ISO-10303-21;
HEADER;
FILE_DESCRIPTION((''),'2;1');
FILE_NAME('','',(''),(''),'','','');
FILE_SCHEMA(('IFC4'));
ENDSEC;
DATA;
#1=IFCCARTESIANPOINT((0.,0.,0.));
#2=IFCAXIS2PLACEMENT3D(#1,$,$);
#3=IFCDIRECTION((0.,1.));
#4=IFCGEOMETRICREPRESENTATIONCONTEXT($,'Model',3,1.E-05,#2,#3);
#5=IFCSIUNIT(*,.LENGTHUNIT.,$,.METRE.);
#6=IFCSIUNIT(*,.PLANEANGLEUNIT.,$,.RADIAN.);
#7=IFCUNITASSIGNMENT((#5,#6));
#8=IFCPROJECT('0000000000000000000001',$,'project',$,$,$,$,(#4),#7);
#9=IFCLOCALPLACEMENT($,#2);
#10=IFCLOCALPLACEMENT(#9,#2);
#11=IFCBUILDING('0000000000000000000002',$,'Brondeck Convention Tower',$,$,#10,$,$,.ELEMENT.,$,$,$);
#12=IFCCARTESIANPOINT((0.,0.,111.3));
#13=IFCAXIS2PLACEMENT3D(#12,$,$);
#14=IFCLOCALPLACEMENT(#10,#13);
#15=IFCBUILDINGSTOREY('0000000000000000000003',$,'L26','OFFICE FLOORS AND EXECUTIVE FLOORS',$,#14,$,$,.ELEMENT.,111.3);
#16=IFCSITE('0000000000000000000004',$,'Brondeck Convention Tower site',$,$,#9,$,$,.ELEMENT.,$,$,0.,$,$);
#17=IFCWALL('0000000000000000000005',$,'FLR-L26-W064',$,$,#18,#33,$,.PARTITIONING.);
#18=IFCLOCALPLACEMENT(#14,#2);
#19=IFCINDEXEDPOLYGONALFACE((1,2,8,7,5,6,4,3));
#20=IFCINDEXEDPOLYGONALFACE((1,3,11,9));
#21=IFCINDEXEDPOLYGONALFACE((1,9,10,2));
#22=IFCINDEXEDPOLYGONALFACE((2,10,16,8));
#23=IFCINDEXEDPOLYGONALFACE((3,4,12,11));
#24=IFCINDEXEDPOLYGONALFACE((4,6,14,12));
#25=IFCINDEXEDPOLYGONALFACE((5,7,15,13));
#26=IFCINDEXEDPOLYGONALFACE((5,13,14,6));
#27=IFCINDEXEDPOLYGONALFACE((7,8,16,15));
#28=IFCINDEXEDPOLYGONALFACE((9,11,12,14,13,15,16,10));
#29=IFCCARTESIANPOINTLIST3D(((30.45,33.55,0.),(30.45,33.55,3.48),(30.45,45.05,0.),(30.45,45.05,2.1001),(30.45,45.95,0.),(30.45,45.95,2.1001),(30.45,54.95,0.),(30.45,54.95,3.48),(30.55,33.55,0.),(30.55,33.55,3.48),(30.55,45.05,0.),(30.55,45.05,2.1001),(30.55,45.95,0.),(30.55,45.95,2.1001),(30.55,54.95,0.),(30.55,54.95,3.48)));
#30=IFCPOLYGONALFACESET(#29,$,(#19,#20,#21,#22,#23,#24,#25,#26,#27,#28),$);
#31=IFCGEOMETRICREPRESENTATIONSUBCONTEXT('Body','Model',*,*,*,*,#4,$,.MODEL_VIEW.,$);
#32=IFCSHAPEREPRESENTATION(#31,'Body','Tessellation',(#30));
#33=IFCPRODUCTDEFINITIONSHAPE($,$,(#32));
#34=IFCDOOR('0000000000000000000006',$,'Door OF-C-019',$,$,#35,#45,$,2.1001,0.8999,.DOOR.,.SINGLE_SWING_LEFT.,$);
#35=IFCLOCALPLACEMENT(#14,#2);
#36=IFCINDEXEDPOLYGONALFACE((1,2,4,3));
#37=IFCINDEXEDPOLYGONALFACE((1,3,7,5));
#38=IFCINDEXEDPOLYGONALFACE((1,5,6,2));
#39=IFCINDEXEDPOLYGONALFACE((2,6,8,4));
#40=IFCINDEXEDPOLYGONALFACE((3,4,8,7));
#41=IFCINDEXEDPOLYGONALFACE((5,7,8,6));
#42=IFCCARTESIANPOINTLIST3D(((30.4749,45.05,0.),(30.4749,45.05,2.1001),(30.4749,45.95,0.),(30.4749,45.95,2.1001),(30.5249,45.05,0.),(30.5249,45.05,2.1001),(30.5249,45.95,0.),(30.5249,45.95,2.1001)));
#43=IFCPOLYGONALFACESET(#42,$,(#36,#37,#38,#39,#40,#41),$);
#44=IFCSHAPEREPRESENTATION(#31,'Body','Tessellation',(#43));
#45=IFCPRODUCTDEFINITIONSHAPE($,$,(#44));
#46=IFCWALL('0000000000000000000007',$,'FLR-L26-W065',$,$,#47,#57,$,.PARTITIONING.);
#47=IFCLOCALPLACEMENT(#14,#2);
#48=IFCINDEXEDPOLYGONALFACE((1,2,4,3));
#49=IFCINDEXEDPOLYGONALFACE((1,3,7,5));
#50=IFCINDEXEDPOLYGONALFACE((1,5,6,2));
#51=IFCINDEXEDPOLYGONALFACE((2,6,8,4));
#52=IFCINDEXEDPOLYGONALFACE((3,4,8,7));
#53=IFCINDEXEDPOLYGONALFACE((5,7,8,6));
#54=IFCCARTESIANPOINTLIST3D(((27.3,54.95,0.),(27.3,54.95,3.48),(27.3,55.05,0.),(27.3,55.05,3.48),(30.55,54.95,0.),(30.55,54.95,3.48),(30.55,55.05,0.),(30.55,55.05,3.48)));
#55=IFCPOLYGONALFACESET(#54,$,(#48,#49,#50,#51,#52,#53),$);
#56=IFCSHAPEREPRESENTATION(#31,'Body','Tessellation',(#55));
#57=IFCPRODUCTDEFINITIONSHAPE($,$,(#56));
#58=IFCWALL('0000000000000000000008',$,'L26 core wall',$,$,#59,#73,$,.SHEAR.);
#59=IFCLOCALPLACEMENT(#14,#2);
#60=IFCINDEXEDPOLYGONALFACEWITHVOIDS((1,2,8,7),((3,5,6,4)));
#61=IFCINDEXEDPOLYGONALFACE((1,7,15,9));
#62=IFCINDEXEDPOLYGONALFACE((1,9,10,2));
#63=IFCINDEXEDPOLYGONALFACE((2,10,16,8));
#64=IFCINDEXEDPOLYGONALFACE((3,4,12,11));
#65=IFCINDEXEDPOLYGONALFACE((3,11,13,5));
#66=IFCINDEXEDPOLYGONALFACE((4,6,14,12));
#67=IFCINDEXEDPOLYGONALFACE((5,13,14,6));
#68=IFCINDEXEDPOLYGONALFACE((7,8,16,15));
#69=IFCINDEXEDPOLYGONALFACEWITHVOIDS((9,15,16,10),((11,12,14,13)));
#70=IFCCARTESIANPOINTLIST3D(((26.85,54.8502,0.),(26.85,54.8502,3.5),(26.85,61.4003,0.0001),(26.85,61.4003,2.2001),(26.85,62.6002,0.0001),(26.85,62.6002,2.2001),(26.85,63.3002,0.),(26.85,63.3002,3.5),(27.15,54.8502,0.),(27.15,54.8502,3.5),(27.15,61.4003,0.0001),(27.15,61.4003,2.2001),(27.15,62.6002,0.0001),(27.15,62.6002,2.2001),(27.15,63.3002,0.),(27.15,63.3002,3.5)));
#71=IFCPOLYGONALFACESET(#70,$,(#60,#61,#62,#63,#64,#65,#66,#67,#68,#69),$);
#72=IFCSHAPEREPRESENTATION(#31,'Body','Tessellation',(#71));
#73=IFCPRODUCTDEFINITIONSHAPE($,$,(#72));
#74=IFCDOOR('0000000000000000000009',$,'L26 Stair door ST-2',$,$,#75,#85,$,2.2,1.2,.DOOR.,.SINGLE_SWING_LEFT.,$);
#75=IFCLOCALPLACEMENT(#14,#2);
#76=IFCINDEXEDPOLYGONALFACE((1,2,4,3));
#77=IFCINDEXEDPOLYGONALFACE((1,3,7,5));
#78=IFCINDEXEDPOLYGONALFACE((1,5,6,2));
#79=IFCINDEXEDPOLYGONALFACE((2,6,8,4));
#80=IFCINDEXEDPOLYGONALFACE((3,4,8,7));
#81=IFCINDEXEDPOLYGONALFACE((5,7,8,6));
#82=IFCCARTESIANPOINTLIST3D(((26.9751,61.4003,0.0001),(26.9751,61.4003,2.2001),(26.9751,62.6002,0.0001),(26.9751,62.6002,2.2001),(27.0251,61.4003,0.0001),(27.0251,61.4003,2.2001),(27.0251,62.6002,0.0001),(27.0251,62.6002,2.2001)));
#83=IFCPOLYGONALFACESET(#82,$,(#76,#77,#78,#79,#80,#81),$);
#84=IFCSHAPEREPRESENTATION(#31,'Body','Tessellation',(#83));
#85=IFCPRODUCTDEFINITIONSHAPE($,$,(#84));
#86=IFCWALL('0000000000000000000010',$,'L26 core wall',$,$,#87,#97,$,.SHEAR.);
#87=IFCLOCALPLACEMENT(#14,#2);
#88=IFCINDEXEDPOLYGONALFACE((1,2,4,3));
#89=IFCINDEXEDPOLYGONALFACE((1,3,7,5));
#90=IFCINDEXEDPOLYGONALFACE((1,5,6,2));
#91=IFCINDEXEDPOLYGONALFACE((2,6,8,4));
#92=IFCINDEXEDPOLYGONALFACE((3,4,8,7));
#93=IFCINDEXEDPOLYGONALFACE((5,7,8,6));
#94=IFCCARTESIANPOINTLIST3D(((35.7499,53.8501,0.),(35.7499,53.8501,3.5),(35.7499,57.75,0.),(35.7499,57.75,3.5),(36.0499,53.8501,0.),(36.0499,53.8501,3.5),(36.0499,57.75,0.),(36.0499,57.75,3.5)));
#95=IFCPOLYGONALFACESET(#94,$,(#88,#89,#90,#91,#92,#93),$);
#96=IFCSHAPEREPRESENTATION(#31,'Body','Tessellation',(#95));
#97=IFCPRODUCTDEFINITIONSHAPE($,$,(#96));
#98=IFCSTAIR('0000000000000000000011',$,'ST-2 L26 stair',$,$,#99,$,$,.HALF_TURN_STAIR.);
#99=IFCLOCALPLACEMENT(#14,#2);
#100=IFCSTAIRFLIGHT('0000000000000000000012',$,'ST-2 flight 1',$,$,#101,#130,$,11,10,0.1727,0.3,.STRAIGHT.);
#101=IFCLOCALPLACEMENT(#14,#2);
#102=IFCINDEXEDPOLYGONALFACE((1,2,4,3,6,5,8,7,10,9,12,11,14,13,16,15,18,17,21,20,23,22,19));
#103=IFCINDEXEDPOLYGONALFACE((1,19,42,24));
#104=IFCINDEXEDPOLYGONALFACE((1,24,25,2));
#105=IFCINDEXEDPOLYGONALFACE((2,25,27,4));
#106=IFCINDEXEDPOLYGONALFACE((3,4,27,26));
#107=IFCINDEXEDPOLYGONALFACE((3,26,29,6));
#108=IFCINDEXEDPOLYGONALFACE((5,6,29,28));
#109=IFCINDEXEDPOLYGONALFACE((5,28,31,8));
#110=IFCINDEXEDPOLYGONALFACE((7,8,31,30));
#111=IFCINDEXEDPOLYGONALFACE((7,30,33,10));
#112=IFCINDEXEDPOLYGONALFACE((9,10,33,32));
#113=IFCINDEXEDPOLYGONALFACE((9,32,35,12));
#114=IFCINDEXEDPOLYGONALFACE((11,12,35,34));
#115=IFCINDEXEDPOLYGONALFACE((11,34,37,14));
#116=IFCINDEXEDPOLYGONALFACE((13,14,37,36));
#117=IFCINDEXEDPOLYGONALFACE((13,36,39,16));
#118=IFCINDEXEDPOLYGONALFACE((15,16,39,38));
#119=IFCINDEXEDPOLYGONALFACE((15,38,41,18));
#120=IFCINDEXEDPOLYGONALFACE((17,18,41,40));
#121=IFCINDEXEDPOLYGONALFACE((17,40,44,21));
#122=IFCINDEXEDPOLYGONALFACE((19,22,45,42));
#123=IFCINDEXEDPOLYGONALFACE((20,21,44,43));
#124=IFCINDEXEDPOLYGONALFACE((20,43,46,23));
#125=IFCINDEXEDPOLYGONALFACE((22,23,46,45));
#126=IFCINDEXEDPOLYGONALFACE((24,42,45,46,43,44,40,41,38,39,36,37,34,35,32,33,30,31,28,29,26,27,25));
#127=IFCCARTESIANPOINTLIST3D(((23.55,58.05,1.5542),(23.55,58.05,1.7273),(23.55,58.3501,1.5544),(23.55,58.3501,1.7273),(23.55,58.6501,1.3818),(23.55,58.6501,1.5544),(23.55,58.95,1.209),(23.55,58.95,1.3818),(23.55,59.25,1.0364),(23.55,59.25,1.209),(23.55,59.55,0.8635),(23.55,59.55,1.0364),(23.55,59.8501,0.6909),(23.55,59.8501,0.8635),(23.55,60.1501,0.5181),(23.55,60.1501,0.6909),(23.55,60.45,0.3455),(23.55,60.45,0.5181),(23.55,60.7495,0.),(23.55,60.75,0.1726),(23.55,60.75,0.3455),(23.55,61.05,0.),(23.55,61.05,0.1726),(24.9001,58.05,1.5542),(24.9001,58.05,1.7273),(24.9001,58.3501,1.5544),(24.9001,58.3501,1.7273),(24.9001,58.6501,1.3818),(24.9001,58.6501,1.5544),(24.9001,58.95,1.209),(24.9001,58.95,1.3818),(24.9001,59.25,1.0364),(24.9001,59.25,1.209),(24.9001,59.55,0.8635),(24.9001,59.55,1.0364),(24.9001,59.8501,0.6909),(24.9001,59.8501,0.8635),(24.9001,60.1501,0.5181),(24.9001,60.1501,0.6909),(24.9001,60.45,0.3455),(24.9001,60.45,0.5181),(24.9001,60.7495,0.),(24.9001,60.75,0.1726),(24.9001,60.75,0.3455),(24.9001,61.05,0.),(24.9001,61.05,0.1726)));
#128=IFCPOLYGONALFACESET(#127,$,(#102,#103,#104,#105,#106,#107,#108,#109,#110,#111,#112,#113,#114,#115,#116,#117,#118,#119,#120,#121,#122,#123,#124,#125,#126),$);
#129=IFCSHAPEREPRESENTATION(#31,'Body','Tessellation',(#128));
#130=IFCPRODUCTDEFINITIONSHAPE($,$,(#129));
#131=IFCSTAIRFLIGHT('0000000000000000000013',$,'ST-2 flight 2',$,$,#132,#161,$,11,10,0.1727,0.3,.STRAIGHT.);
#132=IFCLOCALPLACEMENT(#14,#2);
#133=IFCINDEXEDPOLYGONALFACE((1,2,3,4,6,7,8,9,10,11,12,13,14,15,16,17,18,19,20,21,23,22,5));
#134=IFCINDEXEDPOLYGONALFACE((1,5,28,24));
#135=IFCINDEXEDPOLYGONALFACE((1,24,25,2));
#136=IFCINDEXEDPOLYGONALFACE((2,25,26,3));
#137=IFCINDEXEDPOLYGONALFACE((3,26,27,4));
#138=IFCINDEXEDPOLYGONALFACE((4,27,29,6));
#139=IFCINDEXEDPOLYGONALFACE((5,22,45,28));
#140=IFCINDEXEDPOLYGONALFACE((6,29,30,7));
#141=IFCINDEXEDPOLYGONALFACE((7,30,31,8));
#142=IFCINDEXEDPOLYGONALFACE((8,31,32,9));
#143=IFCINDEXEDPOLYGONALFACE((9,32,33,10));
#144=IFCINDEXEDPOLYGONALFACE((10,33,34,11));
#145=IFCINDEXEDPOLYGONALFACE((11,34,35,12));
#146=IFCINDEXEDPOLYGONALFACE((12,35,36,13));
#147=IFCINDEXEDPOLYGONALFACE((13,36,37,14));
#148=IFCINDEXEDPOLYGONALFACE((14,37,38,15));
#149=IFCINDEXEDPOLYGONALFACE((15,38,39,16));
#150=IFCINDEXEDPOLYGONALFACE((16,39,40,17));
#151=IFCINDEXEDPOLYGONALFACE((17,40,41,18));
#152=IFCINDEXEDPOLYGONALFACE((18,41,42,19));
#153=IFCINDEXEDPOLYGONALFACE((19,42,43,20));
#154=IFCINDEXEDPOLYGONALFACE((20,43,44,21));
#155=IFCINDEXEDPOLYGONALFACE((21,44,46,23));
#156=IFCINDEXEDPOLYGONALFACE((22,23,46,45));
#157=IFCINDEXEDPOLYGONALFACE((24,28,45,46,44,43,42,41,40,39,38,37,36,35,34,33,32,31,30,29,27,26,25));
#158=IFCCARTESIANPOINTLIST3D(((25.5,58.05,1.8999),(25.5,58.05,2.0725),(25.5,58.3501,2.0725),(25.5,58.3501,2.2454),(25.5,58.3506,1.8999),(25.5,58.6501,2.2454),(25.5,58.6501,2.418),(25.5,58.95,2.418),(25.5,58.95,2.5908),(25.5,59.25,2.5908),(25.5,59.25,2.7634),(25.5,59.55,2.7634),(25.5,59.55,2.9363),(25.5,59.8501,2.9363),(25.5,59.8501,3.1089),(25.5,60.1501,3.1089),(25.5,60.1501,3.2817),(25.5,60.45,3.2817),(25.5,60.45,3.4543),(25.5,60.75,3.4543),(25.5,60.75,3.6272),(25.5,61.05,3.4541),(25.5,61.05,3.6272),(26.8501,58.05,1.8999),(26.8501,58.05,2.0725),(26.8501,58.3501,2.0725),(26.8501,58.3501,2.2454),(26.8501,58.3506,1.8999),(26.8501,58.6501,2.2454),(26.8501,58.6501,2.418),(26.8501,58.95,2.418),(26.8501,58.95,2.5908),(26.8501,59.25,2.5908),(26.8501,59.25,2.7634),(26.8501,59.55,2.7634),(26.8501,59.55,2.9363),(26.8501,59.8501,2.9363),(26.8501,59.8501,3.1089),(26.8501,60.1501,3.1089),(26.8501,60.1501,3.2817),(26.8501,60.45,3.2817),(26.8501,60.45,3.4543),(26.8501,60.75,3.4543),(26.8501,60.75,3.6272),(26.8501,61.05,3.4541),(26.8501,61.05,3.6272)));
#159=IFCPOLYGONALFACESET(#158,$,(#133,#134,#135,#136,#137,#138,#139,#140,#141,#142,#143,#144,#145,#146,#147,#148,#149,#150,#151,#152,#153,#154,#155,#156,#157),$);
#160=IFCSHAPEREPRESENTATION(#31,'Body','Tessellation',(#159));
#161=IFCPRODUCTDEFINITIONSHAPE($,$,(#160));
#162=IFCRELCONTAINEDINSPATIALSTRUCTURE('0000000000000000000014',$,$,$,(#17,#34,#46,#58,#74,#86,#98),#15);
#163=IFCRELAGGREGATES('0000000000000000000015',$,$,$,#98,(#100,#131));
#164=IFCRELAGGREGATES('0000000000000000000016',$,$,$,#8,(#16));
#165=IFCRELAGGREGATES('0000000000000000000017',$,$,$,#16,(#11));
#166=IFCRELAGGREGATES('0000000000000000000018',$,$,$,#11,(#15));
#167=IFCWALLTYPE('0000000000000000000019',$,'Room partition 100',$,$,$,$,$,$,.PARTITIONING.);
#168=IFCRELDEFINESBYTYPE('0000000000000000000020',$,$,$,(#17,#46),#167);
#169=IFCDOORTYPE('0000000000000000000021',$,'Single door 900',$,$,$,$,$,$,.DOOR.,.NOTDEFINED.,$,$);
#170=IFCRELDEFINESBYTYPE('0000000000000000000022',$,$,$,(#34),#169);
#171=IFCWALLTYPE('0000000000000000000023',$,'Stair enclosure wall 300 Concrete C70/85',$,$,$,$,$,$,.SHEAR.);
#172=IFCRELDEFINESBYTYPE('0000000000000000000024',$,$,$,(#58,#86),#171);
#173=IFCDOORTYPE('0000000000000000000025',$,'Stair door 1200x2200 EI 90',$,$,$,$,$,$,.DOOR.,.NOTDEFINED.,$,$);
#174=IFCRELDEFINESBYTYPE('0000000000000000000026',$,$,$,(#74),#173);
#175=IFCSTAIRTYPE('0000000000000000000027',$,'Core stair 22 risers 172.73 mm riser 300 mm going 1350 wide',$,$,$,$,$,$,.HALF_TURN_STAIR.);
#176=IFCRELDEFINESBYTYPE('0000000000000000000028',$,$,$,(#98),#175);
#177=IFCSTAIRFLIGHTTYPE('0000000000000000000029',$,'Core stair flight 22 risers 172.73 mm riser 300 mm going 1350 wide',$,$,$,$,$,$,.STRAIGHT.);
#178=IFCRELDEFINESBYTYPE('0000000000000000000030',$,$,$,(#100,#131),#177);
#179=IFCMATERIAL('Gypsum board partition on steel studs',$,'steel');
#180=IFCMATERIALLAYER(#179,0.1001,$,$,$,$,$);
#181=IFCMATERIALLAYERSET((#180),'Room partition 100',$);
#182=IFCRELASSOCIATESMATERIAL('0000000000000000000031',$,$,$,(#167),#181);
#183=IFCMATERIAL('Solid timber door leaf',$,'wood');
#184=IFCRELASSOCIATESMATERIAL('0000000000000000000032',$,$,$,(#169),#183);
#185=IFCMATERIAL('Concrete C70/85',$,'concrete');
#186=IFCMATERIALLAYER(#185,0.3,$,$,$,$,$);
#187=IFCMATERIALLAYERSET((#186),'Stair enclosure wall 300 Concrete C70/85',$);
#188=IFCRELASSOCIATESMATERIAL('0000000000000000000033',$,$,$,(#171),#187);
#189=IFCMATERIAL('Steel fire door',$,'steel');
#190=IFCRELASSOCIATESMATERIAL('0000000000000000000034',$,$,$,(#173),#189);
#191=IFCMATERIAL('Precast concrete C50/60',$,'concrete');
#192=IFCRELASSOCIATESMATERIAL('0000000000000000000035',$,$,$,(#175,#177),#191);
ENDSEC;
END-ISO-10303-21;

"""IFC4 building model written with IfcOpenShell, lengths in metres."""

from ifc_helpers import new_model, si_unit, direction, frame, frame_2d, origin, place, context, subcontext, project, spatial, polyline, rectangle, outline, extrude, material, layer, layer_set, type_object, element, fill, aggregate, save


model = new_model("IFC4")

# Units and contexts
model_context = context("Model", 3, precision=1e-05, world=origin(), true_north=direction((0.0, 1.0)))
body_context = subcontext(model_context, "Body", "Model", "MODEL_VIEW")
ifc_project = project(units=[si_unit("LENGTHUNIT", "METRE"), si_unit("PLANEANGLEUNIT", "RADIAN")], contexts=[model_context])

# Site, building, storey
site_placement = place(None, origin())
site = spatial("IfcSite", under=ifc_project, at=site_placement, Name="Brondeck Convention Tower site", CompositionType="ELEMENT", RefElevation=0.0)
building_placement = place(site_placement, origin())
building = spatial("IfcBuilding", under=site, at=building_placement, Name="Brondeck Convention Tower", CompositionType="ELEMENT")
storey_placement = place(building_placement, frame((0.0, 0.0, 111.3)))
storey = spatial("IfcBuildingStorey", under=building, at=storey_placement, Name="L26", Description="OFFICE FLOORS AND EXECUTIVE FLOORS", CompositionType="ELEMENT", Elevation=111.3)

# Shared definitions
ifc_material_1 = material(Name="Concrete C70/85", Category="concrete")

# Shared definitions
ifc_material_2 = material(Name="Gypsum board partition on steel studs", Category="steel")
ifc_layer_1 = layer(ifc_material_2, 0.1001)
ifc_layer_set_1 = layer_set([ifc_layer_1], Name="Room partition 100")
wall_type_1 = type_object("IfcWallType", Name="Room partition 100", PredefinedType="PARTITIONING", material=ifc_layer_set_1)

# Wall, opening, door
wall_1_placement = place(storey_placement, frame((30.5, 54.95, 0.0), z_axis=(0.0, 0.0, 1.0), x_axis=(0.0, -1.0, 0.0)))
wall_1 = element("IfcWall", 1, at=wall_1_placement, inside=storey, type_object=wall_type_1, Name="FLR-L26-W064", PredefinedType="PARTITIONING", context=body_context, shape_type="SweptSolid", body=[
    extrude(rectangle(XDim=21.3999, YDim=0.1001, at=frame_2d((10.7, 0.0))), origin(), (0.0, 0.0, 1.0), 3.48),
])
opening_1_placement = place(wall_1_placement, frame((9.0, 0.0, 0.0)))
opening_1 = element("IfcOpeningElement", 2, at=opening_1_placement, cuts=wall_1, PredefinedType="OPENING", context=body_context, shape_type="SweptSolid", body=[
    extrude(rectangle(XDim=0.8999, YDim=2.1001, at=frame_2d((0.45, 1.05))), frame((0.0, 0.0601, 0.0), z_axis=(0.0, -1.0, 0.0), x_axis=(1.0, 0.0, 0.0)), (0.0, 0.0, 1.0), 0.1201),
])
ifc_material_3 = material(Name="Solid timber door leaf", Category="wood")
door_type_1 = type_object("IfcDoorType", Name="Single door 900", OperationType="NOTDEFINED", PredefinedType="DOOR", material=ifc_material_3)
door_1_placement = place(opening_1_placement, origin())
door_1 = element("IfcDoor", 3, at=door_1_placement, inside=storey, type_object=door_type_1, Name="Door OF-C-019", OperationType="SINGLE_SWING_LEFT", OverallHeight=2.1001, OverallWidth=0.8999, PredefinedType="DOOR", context=body_context, shape_type="SweptSolid", body=[
    extrude(rectangle(XDim=0.8999, YDim=2.1001, at=frame_2d((0.45, 1.05))), frame((0.0, 0.0249, 0.0), z_axis=(0.0, -1.0, 0.0), x_axis=(1.0, 0.0, 0.0)), (0.0, 0.0, 1.0), 0.05),
])
fill(opening_1, door_1)

# Wall
wall_2_placement = place(storey_placement, frame((27.3, 55.0, 0.0), z_axis=(0.0, 0.0, 1.0), x_axis=(1.0, 0.0, 0.0)))
element("IfcWall", 4, at=wall_2_placement, inside=storey, type_object=wall_type_1, Name="FLR-L26-W065", PredefinedType="PARTITIONING", context=body_context, shape_type="SweptSolid", body=[
    extrude(rectangle(XDim=3.25, YDim=0.1001, at=frame_2d((1.625, 0.0))), origin(), (0.0, 0.0, 1.0), 3.48),
])

# Wall, opening, door
ifc_layer_2 = layer(ifc_material_1, 0.3)
ifc_layer_set_2 = layer_set([ifc_layer_2], Name="Stair enclosure wall 300 Concrete C70/85")
wall_type_2 = type_object("IfcWallType", Name="Stair enclosure wall 300 Concrete C70/85", PredefinedType="SHEAR", material=ifc_layer_set_2)
wall_3_placement = place(storey_placement, frame((27.0, 54.8501, 0.0), z_axis=(0.0, 0.0, 1.0), x_axis=(0.0, 1.0, 0.0)))
wall_3 = element("IfcWall", 5, at=wall_3_placement, inside=storey, type_object=wall_type_2, Name="L26 core wall", PredefinedType="SHEAR", context=body_context, shape_type="SweptSolid", body=[
    extrude(rectangle(XDim=8.45, YDim=0.3, at=frame_2d((4.2251, 0.0))), origin(), (0.0, 0.0, 1.0), 3.5),
])
opening_2_placement = place(wall_3_placement, frame((6.55, 0.0, 0.0)))
opening_2 = element("IfcOpeningElement", 6, at=opening_2_placement, cuts=wall_3, PredefinedType="OPENING", context=body_context, shape_type="SweptSolid", body=[
    extrude(rectangle(XDim=1.2, YDim=2.2, at=frame_2d((0.6001, 1.1001))), frame((0.0, 0.1599, 0.0), z_axis=(0.0, -1.0, 0.0), x_axis=(1.0, 0.0, 0.0)), (0.0, 0.0, 1.0), 0.3201),
])
ifc_material_4 = material(Name="Steel fire door", Category="steel")
door_type_2 = type_object("IfcDoorType", Name="Stair door 1200x2200 EI 90", OperationType="NOTDEFINED", PredefinedType="DOOR", material=ifc_material_4)
door_2_placement = place(opening_2_placement, origin())
door_2 = element("IfcDoor", 7, at=door_2_placement, inside=storey, type_object=door_type_2, Name="L26 Stair door ST-2", OperationType="SINGLE_SWING_LEFT", OverallHeight=2.2, OverallWidth=1.2, PredefinedType="DOOR", context=body_context, shape_type="SweptSolid", body=[
    extrude(rectangle(XDim=1.2, YDim=2.2, at=frame_2d((0.6001, 1.1001))), frame((0.0, 0.0249, 0.0), z_axis=(0.0, -1.0, 0.0), x_axis=(1.0, 0.0, 0.0)), (0.0, 0.0, 1.0), 0.05),
])
fill(opening_2, door_2)

# Wall
wall_4_placement = place(storey_placement, frame((35.8999, 53.8501, 0.0), z_axis=(0.0, 0.0, 1.0), x_axis=(0.0, 1.0, 0.0)))
element("IfcWall", 8, at=wall_4_placement, inside=storey, type_object=wall_type_2, Name="L26 core wall", PredefinedType="SHEAR", context=body_context, shape_type="SweptSolid", body=[
    extrude(rectangle(XDim=3.8999, YDim=0.3, at=frame_2d((1.95, 0.0))), origin(), (0.0, 0.0, 1.0), 3.5),
])

# Stair, stair flights
ifc_material_5 = material(Name="Precast concrete C50/60", Category="concrete")
stair_type = type_object("IfcStairType", Name="Core stair 22 risers 172.73 mm riser 300 mm going 1350 wide", PredefinedType="HALF_TURN_STAIR", material=ifc_material_5)
stair_placement = place(storey_placement, origin())
stair = element("IfcStair", 9, at=stair_placement, inside=storey, type_object=stair_type, Name="ST-2 L26 stair", PredefinedType="HALF_TURN_STAIR")
stair_flight_type = type_object("IfcStairFlightType", Name="Core stair flight 22 risers 172.73 mm riser 300 mm going 1350 wide", PredefinedType="STRAIGHT", material=ifc_material_5)
stair_flight_1_placement = place(storey_placement, frame((24.2251, 61.05, 0.0), z_axis=(0.0, 0.0, 1.0), x_axis=(0.0, -1.0, 0.0)))
stair_flight_1 = element("IfcStairFlight", 10, at=stair_flight_1_placement, type_object=stair_flight_type, Name="ST-2 flight 1", NumberOfRisers=11, NumberOfTreads=10, PredefinedType="STRAIGHT", RiserHeight=0.1727, TreadLength=0.3, context=body_context, shape_type="SweptSolid", body=[
    extrude(outline(polyline([(0.0, 0.0), (0.0, 0.1726), (0.3, 0.1726), (0.3, 0.3455), (0.6001, 0.3455), (0.6001, 0.5181), (0.8999, 0.5181), (0.8999, 0.6909), (1.2, 0.6909), (1.2, 0.8635), (1.5, 0.8635), (1.5, 1.0364), (1.8, 1.0364), (1.8, 1.209), (2.1001, 1.209), (2.1001, 1.3818), (2.3999, 1.3818), (2.3999, 1.5544), (2.7, 1.5544), (2.7, 1.7273), (3.0, 1.7273), (3.0, 1.8999), (3.0, 1.5542), (0.3005, 0.0), (0.0, 0.0)])), frame((0.0, 0.675, 0.0), z_axis=(0.0, -1.0, 0.0), x_axis=(1.0, 0.0, 0.0)), (0.0, 0.0, 1.0), 1.3501),
])
stair_flight_2_placement = place(storey_placement, frame((26.175, 58.05, 1.8999), z_axis=(0.0, 0.0, 1.0), x_axis=(0.0, 1.0, 0.0)))
stair_flight_2 = element("IfcStairFlight", 11, at=stair_flight_2_placement, type_object=stair_flight_type, Name="ST-2 flight 2", NumberOfRisers=11, NumberOfTreads=10, PredefinedType="STRAIGHT", RiserHeight=0.1727, TreadLength=0.3, context=body_context, shape_type="SweptSolid", body=[
    extrude(outline(polyline([(0.0, 0.0), (0.0, 0.1726), (0.3, 0.1726), (0.3, 0.3455), (0.6001, 0.3455), (0.6001, 0.5181), (0.8999, 0.5181), (0.8999, 0.6909), (1.2, 0.6909), (1.2, 0.8635), (1.5, 0.8635), (1.5, 1.0364), (1.8, 1.0364), (1.8, 1.209), (2.1001, 1.209), (2.1001, 1.3818), (2.3999, 1.3818), (2.3999, 1.5544), (2.7, 1.5544), (2.7, 1.7273), (3.0, 1.7273), (3.0, 1.8999), (3.0, 1.5542), (0.3005, 0.0), (0.0, 0.0)])), frame((0.0, 0.675, 0.0), z_axis=(0.0, -1.0, 0.0), x_axis=(1.0, 0.0, 0.0)), (0.0, 0.0, 1.0), 1.3501),
])
aggregate(stair, [stair_flight_1, stair_flight_2])

save(model, "model.ifc")
